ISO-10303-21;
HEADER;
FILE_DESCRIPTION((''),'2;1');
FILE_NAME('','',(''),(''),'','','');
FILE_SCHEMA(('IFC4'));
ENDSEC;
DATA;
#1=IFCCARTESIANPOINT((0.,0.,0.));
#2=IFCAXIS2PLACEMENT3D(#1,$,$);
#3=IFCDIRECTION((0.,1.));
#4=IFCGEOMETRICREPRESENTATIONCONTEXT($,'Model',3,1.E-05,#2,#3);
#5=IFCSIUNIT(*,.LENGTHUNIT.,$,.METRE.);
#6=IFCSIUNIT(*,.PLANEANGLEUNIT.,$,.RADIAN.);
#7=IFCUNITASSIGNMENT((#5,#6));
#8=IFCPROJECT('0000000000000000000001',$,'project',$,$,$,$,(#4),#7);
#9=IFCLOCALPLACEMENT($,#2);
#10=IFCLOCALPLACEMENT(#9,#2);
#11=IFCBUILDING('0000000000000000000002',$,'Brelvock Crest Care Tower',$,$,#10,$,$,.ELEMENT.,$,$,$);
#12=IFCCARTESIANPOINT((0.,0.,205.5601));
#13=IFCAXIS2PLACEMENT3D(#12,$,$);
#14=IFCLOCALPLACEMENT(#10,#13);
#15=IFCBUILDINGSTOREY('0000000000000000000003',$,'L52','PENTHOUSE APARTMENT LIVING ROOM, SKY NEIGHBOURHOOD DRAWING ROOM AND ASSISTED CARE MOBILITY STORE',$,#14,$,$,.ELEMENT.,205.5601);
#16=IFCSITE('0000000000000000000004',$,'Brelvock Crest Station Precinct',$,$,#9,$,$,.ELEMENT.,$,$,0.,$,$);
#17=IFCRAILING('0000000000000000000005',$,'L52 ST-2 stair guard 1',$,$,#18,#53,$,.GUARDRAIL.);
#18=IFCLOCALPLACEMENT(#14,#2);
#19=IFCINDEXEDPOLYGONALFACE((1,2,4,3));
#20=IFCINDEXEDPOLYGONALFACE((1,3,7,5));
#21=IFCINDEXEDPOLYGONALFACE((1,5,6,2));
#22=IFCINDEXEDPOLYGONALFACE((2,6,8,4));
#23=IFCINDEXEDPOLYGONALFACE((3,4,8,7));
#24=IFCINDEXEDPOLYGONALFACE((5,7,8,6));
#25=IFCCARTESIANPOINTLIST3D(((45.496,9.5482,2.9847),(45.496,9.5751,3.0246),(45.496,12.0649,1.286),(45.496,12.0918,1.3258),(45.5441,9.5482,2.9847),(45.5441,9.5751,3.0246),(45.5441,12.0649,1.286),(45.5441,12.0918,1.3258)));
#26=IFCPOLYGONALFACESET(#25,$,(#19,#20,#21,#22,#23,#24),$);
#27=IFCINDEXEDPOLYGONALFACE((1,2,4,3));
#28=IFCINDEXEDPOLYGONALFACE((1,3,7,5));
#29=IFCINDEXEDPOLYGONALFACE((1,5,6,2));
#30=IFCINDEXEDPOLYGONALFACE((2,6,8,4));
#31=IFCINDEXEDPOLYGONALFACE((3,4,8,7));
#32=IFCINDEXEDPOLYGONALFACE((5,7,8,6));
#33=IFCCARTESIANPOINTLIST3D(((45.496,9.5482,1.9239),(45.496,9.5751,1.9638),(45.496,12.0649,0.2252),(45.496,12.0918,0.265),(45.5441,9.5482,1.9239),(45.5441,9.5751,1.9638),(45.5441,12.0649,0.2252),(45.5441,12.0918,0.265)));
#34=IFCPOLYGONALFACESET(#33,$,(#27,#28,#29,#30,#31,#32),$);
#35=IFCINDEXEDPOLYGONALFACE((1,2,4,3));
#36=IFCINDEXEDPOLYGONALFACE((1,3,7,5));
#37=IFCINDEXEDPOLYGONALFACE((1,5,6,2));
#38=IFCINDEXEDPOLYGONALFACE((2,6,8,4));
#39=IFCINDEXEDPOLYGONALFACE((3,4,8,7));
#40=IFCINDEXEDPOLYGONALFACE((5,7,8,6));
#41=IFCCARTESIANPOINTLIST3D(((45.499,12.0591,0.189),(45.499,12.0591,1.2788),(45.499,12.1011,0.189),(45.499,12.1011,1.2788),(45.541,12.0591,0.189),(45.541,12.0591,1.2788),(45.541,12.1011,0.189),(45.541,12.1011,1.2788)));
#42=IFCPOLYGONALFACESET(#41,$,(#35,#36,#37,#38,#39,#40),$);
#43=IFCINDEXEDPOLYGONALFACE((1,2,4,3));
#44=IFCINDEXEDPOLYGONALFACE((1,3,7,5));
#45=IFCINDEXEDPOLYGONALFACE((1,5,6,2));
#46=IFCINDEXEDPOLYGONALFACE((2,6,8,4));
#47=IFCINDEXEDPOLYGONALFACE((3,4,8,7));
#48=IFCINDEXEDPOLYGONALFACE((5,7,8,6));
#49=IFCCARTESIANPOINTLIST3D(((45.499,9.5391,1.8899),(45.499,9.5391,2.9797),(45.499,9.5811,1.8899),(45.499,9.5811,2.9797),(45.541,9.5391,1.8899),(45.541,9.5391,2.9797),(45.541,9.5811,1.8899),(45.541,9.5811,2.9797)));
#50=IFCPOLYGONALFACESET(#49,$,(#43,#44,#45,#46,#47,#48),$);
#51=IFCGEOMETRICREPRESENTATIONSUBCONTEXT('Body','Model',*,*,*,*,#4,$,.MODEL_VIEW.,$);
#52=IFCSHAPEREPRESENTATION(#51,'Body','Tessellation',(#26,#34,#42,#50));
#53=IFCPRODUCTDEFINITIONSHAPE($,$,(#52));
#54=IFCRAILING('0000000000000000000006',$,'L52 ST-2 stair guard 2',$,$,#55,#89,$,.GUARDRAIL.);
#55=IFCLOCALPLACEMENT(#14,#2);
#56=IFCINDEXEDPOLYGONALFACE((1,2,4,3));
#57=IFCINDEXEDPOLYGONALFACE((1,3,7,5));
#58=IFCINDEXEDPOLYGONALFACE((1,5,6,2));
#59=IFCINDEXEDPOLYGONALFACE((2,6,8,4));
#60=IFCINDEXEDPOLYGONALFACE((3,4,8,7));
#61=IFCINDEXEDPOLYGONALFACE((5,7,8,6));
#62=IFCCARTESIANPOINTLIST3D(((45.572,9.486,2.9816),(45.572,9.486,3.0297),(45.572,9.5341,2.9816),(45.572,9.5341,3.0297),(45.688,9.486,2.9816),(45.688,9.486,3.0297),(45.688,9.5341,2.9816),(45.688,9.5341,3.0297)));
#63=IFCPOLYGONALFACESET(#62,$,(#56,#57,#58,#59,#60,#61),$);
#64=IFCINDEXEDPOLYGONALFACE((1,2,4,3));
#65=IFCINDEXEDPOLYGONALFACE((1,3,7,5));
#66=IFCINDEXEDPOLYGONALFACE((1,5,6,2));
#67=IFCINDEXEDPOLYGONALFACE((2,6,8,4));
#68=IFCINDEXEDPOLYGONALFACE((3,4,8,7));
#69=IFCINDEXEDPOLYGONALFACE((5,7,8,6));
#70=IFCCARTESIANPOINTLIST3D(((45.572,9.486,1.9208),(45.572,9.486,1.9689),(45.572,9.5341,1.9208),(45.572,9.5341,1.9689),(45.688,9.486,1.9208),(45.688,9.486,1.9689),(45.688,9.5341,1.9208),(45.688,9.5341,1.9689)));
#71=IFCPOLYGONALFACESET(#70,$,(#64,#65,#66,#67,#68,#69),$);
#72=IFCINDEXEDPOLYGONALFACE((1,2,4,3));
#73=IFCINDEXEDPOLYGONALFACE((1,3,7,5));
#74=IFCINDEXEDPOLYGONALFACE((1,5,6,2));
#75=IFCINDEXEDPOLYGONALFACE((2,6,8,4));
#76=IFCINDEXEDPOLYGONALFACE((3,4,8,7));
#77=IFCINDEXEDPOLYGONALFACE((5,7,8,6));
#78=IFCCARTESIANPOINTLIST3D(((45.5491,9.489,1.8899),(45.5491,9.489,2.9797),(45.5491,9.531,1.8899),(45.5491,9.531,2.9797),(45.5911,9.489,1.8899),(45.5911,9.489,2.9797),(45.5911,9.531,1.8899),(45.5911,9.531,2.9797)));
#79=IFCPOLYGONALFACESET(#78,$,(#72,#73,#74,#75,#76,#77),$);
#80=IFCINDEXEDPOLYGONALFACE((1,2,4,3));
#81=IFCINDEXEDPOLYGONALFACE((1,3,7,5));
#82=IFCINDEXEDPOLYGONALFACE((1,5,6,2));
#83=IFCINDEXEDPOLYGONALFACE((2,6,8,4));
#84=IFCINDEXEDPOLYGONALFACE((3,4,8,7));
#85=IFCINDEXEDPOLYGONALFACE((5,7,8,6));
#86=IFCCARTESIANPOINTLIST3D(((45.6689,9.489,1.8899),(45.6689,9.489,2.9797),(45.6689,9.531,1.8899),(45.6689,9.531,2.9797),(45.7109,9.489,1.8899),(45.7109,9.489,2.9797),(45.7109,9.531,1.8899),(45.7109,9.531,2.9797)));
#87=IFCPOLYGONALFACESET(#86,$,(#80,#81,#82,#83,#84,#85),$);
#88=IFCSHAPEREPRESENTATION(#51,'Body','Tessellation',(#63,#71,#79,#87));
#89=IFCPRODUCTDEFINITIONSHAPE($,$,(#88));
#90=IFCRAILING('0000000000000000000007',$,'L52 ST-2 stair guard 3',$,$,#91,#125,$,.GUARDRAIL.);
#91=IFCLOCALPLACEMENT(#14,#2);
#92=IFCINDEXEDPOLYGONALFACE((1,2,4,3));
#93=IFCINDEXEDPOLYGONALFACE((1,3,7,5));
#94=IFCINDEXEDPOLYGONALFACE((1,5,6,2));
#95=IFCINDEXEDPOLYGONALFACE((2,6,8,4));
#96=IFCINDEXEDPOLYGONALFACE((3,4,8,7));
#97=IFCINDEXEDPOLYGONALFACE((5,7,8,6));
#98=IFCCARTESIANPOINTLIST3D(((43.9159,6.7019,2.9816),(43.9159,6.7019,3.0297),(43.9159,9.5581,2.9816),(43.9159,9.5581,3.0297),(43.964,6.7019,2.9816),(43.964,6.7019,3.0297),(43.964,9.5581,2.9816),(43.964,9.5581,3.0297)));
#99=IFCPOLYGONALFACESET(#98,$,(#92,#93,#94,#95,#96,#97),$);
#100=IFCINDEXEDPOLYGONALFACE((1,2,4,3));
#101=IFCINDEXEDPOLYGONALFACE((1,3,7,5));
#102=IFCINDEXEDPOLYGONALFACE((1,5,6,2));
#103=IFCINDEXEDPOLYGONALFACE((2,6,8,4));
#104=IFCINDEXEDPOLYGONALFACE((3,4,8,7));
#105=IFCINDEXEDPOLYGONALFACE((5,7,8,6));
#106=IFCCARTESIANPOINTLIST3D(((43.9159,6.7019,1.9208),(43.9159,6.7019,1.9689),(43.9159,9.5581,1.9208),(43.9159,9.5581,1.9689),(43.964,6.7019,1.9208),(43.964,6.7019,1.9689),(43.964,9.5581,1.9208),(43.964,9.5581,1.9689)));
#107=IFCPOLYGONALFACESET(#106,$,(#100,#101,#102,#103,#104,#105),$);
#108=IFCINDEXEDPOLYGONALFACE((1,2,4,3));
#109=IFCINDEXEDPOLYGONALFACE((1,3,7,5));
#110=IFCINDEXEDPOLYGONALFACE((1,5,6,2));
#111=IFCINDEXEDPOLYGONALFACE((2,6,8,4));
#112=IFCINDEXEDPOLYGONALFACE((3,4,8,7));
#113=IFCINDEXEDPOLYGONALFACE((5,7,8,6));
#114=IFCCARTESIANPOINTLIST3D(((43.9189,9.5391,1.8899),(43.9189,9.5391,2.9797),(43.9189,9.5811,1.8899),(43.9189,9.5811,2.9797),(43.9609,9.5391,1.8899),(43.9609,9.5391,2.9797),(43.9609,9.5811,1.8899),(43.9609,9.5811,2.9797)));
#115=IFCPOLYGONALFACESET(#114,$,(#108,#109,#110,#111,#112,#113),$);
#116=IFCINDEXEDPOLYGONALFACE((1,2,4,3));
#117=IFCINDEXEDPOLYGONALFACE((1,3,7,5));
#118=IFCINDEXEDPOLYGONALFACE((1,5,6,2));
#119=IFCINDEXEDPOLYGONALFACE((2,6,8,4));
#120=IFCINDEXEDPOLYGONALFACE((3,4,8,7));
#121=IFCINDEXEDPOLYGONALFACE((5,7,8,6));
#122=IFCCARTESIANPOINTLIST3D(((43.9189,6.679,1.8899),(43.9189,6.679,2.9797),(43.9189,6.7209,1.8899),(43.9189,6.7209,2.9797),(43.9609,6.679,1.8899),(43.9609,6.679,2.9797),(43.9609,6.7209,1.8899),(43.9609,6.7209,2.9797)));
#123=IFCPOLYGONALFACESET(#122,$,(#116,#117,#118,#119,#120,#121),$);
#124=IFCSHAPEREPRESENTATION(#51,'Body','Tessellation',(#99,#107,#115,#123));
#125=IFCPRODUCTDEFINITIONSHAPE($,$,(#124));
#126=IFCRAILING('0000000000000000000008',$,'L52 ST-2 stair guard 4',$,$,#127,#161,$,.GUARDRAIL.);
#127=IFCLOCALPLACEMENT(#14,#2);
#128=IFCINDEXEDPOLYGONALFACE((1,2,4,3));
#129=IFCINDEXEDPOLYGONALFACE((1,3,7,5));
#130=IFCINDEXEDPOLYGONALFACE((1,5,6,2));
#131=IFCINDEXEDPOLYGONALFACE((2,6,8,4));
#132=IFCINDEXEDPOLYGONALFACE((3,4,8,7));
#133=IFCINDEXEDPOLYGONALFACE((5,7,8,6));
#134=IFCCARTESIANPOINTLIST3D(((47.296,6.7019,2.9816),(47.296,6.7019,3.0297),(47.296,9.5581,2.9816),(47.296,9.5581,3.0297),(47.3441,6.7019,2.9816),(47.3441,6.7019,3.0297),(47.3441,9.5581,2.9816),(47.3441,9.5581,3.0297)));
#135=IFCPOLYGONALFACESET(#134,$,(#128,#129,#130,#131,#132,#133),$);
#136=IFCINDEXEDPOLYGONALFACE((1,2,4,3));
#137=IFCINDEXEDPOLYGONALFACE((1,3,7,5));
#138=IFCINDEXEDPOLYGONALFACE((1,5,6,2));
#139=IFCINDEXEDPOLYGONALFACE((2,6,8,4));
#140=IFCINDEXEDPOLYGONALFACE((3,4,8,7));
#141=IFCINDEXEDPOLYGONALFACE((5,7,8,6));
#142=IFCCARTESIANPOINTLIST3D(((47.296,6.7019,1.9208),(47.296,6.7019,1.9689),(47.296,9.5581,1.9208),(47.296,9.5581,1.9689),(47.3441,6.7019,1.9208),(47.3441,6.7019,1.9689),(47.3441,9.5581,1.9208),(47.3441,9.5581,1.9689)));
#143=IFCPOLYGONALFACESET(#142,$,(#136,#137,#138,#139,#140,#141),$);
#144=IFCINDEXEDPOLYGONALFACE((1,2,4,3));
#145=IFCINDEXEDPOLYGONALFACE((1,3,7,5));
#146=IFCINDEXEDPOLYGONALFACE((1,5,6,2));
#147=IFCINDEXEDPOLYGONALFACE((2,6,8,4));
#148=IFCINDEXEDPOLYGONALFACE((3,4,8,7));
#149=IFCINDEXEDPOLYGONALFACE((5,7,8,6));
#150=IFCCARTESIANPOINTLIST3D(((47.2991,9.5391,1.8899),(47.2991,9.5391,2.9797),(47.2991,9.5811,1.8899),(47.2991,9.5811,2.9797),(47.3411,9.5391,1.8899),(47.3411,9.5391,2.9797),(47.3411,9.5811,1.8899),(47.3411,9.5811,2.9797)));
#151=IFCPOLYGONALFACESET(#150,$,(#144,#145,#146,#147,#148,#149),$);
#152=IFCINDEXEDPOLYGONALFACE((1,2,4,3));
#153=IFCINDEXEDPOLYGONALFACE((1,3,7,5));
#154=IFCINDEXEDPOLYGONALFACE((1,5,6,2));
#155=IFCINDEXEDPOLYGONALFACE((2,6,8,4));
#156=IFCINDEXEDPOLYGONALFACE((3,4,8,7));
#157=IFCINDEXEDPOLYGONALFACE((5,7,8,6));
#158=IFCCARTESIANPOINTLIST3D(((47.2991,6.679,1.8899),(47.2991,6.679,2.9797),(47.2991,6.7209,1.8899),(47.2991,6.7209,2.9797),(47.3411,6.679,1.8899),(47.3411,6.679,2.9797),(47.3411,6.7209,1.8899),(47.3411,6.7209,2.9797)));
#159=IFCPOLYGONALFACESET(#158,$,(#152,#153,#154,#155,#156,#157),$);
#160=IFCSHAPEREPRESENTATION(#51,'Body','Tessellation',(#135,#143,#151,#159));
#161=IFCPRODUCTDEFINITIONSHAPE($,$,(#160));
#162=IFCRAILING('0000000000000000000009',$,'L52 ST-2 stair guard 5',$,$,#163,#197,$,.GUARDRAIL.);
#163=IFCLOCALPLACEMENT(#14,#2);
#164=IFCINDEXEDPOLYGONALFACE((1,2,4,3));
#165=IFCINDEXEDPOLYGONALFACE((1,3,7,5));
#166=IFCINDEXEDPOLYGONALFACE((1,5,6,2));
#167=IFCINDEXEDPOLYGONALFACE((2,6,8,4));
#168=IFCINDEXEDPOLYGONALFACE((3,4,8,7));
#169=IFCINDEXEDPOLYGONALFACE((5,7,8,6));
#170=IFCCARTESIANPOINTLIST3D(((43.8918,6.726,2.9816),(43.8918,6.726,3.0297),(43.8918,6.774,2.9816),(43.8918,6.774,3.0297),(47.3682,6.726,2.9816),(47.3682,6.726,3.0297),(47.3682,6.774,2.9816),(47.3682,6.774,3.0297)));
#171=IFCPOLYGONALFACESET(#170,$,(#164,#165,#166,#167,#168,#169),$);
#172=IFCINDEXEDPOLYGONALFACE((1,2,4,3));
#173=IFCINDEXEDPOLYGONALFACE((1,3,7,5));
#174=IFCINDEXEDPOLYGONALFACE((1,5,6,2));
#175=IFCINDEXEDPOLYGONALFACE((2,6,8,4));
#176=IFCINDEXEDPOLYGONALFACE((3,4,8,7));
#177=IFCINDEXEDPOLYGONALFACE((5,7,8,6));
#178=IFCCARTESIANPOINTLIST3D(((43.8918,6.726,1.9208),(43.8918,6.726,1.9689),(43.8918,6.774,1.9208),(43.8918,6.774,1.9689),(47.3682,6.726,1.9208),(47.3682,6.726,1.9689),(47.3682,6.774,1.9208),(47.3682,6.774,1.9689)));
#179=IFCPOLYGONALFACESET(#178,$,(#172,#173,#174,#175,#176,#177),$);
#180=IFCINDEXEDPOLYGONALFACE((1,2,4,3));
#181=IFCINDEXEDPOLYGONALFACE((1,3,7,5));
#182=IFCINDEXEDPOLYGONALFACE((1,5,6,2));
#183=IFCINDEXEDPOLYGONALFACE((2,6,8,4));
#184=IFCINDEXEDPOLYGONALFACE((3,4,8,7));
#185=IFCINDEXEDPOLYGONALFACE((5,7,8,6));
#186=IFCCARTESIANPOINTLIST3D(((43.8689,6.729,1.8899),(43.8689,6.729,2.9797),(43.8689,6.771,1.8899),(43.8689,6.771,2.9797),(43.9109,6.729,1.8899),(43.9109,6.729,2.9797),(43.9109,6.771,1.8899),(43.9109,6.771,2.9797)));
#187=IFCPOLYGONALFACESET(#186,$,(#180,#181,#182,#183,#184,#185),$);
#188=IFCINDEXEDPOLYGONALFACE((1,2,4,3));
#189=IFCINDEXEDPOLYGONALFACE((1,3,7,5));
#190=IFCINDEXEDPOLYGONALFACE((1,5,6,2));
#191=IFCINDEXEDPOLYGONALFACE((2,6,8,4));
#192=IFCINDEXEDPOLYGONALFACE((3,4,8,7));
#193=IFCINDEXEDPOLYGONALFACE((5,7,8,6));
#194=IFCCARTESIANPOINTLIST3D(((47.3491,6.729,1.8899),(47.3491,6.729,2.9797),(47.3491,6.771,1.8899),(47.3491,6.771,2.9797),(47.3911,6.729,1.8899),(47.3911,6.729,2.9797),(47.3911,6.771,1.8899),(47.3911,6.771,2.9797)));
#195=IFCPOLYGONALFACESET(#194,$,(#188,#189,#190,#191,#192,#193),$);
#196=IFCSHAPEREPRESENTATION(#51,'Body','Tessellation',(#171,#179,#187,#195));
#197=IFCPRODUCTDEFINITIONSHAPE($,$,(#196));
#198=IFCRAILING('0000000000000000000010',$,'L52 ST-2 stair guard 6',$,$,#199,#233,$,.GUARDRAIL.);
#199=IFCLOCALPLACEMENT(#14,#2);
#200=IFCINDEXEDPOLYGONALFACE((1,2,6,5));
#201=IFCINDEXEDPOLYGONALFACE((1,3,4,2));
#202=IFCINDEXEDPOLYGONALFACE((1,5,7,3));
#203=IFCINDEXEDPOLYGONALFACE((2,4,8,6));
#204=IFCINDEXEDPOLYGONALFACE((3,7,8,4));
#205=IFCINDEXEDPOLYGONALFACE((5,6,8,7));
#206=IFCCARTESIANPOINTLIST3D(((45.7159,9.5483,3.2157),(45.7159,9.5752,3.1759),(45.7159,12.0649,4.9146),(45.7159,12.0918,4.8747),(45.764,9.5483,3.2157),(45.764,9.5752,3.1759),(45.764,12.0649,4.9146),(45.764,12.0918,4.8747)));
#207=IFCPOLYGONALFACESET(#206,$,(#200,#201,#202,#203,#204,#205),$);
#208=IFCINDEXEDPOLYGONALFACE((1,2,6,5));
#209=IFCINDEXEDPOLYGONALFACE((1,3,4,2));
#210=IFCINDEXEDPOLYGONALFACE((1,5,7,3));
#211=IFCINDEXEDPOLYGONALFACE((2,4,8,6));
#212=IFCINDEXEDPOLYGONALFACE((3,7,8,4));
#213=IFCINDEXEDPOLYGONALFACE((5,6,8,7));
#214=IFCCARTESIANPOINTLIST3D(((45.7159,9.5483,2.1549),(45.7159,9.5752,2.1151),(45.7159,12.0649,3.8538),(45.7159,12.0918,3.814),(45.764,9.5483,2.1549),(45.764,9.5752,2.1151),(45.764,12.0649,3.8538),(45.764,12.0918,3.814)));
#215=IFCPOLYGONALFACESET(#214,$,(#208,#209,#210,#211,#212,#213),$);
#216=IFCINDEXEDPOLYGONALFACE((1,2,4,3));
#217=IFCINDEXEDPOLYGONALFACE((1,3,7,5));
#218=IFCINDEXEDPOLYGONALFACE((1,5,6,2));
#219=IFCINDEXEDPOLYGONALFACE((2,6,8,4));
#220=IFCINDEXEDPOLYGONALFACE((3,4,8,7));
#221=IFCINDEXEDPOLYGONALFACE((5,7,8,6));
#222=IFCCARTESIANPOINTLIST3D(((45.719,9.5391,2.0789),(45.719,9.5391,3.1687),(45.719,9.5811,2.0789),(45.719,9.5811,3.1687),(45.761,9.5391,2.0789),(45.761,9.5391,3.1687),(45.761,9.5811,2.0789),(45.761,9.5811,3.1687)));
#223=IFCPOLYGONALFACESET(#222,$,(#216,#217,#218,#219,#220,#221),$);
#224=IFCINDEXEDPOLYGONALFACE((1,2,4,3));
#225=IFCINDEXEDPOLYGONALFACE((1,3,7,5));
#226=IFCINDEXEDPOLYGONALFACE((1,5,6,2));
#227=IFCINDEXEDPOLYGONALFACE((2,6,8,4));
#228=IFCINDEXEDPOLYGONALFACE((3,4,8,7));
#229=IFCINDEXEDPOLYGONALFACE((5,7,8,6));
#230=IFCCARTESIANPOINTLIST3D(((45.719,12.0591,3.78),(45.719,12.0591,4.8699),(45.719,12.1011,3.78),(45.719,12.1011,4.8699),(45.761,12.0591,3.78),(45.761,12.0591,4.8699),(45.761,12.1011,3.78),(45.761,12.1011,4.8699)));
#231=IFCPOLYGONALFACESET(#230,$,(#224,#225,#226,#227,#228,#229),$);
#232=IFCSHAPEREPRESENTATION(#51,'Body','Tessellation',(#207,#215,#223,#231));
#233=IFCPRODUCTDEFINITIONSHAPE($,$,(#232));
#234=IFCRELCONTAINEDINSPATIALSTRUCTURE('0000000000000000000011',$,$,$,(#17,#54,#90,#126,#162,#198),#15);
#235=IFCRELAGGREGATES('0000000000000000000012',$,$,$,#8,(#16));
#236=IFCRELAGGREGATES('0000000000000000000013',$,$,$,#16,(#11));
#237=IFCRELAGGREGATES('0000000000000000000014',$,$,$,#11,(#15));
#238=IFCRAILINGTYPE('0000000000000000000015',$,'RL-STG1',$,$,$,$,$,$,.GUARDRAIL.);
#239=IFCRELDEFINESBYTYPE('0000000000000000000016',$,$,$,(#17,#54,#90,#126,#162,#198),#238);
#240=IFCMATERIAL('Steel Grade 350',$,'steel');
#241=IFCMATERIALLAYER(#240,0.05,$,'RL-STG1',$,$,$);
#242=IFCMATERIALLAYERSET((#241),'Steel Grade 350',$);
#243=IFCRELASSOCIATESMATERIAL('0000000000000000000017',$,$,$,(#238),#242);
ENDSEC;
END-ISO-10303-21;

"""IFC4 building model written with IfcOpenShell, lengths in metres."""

from ifc_helpers import new_model, si_unit, direction, frame, origin, origin_2d, place, context, subcontext, project, spatial, rectangle, extrude, material, layer, layer_set, type_object, element, save


model = new_model("IFC4")

# Units and contexts
model_context = context("Model", 3, precision=1e-05, world=origin(), true_north=direction((0.0, 1.0)))
body_context = subcontext(model_context, "Body", "Model", "MODEL_VIEW")
ifc_project = project(units=[si_unit("LENGTHUNIT", "METRE"), si_unit("PLANEANGLEUNIT", "RADIAN")], contexts=[model_context])

# Site, building, storey
site_placement = place(None, origin())
site = spatial("IfcSite", under=ifc_project, at=site_placement, Name="Brelvock Crest Station Precinct", CompositionType="ELEMENT", RefElevation=0.0)
building_placement = place(site_placement, origin())
building = spatial("IfcBuilding", under=site, at=building_placement, Name="Brelvock Crest Care Tower", CompositionType="ELEMENT")
storey_placement = place(building_placement, frame((0.0, 0.0, 205.5601)))
storey = spatial("IfcBuildingStorey", under=building, at=storey_placement, Name="L52", Description="PENTHOUSE APARTMENT LIVING ROOM, SKY NEIGHBOURHOOD DRAWING ROOM AND ASSISTED CARE MOBILITY STORE", CompositionType="ELEMENT", Elevation=205.5601)

# Shared definitions
ifc_material_1 = material(Name="Steel Grade 350", Category="steel")

# Railings
ifc_layer_1 = layer(ifc_material_1, 0.05, Name="RL-STG1")
ifc_layer_set_1 = layer_set([ifc_layer_1], Name="Steel Grade 350")
railing_type_1 = type_object("IfcRailingType", Name="RL-STG1", PredefinedType="GUARDRAIL", material=ifc_layer_set_1)
railing_1_placement = place(storey_placement, frame((45.52, 12.0801, 0.189)))
element("IfcRailing", 1, at=railing_1_placement, inside=storey, type_object=railing_type_1, Name="L52 ST-2 stair guard 1", PredefinedType="GUARDRAIL", context=body_context, shape_type="SweptSolid", body=[
    extrude(rectangle(XDim=0.0481, YDim=0.0481, at=origin_2d()), frame((0.0, -0.0017, 1.1169), z_axis=(0.0, -0.828862, 0.559454), x_axis=(1.0, 0.0, 0.0)), (0.0, 0.0, 1.0), 3.0364),
    extrude(rectangle(XDim=0.0481, YDim=0.0481, at=origin_2d()), frame((0.0, -0.0017, 0.0562), z_axis=(0.0, -0.828862, 0.559454), x_axis=(1.0, 0.0, 0.0)), (0.0, 0.0, 1.0), 3.0364),
    extrude(rectangle(XDim=0.042, YDim=0.042, at=origin_2d()), origin(), (0.0, 0.0, 1.0), 1.0898),
    extrude(rectangle(XDim=0.042, YDim=0.042, at=origin_2d()), frame((0.0, -2.52, 1.7009)), (0.0, 0.0, 1.0), 1.0898),
])
railing_2_placement = place(storey_placement, frame((45.5701, 9.51, 1.8899)))
element("IfcRailing", 2, at=railing_2_placement, inside=storey, type_object=railing_type_1, Name="L52 ST-2 stair guard 2", PredefinedType="GUARDRAIL", context=body_context, shape_type="SweptSolid", body=[
    extrude(rectangle(XDim=0.0481, YDim=0.0481, at=origin_2d()), frame((0.002, 0.0, 1.1157), z_axis=(1.0, 0.0, 0.0), x_axis=(0.0, 1.0, 0.0)), (0.0, 0.0, 1.0), 0.116),
    extrude(rectangle(XDim=0.0481, YDim=0.0481, at=origin_2d()), frame((0.002, 0.0, 0.0549), z_axis=(1.0, 0.0, 0.0), x_axis=(0.0, 1.0, 0.0)), (0.0, 0.0, 1.0), 0.116),
    extrude(rectangle(XDim=0.042, YDim=0.042, at=origin_2d()), origin(), (0.0, 0.0, 1.0), 1.0898),
    extrude(rectangle(XDim=0.042, YDim=0.042, at=origin_2d()), frame((0.1199, 0.0, 0.0)), (0.0, 0.0, 1.0), 1.0898),
])
for number, where, name in (
    (3, (43.9399, 9.5601, 1.8899), "L52 ST-2 stair guard 3"),
    (4, (47.3201, 9.5601, 1.8899), "L52 ST-2 stair guard 4"),
):
    element("IfcRailing", number, at=place(storey_placement, frame(where)), inside=storey, type_object=railing_type_1, Name=name, PredefinedType="GUARDRAIL", context=body_context, shape_type="SweptSolid", body=[
        extrude(rectangle(XDim=0.0481, YDim=0.0481, at=origin_2d()), frame((0.0, -0.002, 1.1157), z_axis=(0.0, -1.0, 0.0), x_axis=(1.0, 0.0, 0.0)), (0.0, 0.0, 1.0), 2.8562),
        extrude(rectangle(XDim=0.0481, YDim=0.0481, at=origin_2d()), frame((0.0, -0.002, 0.0549), z_axis=(0.0, -1.0, 0.0), x_axis=(1.0, 0.0, 0.0)), (0.0, 0.0, 1.0), 2.8562),
        extrude(rectangle(XDim=0.042, YDim=0.042, at=origin_2d()), origin(), (0.0, 0.0, 1.0), 1.0898),
        extrude(rectangle(XDim=0.042, YDim=0.042, at=origin_2d()), frame((0.0, -2.8601, 0.0)), (0.0, 0.0, 1.0), 1.0898),
    ])
railing_3_placement = place(storey_placement, frame((43.8899, 6.75, 1.8899)))
element("IfcRailing", 5, at=railing_3_placement, inside=storey, type_object=railing_type_1, Name="L52 ST-2 stair guard 5", PredefinedType="GUARDRAIL", context=body_context, shape_type="SweptSolid", body=[
    extrude(rectangle(XDim=0.0481, YDim=0.0481, at=origin_2d()), frame((0.002, 0.0, 1.1157), z_axis=(1.0, 0.0, 0.0), x_axis=(0.0, 1.0, 0.0)), (0.0, 0.0, 1.0), 3.4763),
    extrude(rectangle(XDim=0.0481, YDim=0.0481, at=origin_2d()), frame((0.002, 0.0, 0.0549), z_axis=(1.0, 0.0, 0.0), x_axis=(0.0, 1.0, 0.0)), (0.0, 0.0, 1.0), 3.4763),
    extrude(rectangle(XDim=0.042, YDim=0.042, at=origin_2d()), origin(), (0.0, 0.0, 1.0), 1.0898),
    extrude(rectangle(XDim=0.042, YDim=0.042, at=origin_2d()), frame((3.4802, 0.0, 0.0)), (0.0, 0.0, 1.0), 1.0898),
])
railing_4_placement = place(storey_placement, frame((45.74, 9.5601, 2.0789)))
element("IfcRailing", 6, at=railing_4_placement, inside=storey, type_object=railing_type_1, Name="L52 ST-2 stair guard 6", PredefinedType="GUARDRAIL", context=body_context, shape_type="SweptSolid", body=[
    extrude(rectangle(XDim=0.0481, YDim=0.0481, at=origin_2d()), frame((0.0, 0.0017, 1.1169), z_axis=(0.0, 0.828824, 0.559509), x_axis=(-1.0, 0.0, 0.0)), (0.0, 0.0, 1.0), 3.0364),
    extrude(rectangle(XDim=0.0481, YDim=0.0481, at=origin_2d()), frame((0.0, 0.0017, 0.0562), z_axis=(0.0, 0.828824, 0.559509), x_axis=(-1.0, 0.0, 0.0)), (0.0, 0.0, 1.0), 3.0364),
    extrude(rectangle(XDim=0.042, YDim=0.042, at=origin_2d()), origin(), (0.0, 0.0, 1.0), 1.0898),
    extrude(rectangle(XDim=0.042, YDim=0.042, at=origin_2d()), frame((0.0, 2.52, 1.7012)), (0.0, 0.0, 1.0), 1.0898),
])

save(model, "model.ifc")
